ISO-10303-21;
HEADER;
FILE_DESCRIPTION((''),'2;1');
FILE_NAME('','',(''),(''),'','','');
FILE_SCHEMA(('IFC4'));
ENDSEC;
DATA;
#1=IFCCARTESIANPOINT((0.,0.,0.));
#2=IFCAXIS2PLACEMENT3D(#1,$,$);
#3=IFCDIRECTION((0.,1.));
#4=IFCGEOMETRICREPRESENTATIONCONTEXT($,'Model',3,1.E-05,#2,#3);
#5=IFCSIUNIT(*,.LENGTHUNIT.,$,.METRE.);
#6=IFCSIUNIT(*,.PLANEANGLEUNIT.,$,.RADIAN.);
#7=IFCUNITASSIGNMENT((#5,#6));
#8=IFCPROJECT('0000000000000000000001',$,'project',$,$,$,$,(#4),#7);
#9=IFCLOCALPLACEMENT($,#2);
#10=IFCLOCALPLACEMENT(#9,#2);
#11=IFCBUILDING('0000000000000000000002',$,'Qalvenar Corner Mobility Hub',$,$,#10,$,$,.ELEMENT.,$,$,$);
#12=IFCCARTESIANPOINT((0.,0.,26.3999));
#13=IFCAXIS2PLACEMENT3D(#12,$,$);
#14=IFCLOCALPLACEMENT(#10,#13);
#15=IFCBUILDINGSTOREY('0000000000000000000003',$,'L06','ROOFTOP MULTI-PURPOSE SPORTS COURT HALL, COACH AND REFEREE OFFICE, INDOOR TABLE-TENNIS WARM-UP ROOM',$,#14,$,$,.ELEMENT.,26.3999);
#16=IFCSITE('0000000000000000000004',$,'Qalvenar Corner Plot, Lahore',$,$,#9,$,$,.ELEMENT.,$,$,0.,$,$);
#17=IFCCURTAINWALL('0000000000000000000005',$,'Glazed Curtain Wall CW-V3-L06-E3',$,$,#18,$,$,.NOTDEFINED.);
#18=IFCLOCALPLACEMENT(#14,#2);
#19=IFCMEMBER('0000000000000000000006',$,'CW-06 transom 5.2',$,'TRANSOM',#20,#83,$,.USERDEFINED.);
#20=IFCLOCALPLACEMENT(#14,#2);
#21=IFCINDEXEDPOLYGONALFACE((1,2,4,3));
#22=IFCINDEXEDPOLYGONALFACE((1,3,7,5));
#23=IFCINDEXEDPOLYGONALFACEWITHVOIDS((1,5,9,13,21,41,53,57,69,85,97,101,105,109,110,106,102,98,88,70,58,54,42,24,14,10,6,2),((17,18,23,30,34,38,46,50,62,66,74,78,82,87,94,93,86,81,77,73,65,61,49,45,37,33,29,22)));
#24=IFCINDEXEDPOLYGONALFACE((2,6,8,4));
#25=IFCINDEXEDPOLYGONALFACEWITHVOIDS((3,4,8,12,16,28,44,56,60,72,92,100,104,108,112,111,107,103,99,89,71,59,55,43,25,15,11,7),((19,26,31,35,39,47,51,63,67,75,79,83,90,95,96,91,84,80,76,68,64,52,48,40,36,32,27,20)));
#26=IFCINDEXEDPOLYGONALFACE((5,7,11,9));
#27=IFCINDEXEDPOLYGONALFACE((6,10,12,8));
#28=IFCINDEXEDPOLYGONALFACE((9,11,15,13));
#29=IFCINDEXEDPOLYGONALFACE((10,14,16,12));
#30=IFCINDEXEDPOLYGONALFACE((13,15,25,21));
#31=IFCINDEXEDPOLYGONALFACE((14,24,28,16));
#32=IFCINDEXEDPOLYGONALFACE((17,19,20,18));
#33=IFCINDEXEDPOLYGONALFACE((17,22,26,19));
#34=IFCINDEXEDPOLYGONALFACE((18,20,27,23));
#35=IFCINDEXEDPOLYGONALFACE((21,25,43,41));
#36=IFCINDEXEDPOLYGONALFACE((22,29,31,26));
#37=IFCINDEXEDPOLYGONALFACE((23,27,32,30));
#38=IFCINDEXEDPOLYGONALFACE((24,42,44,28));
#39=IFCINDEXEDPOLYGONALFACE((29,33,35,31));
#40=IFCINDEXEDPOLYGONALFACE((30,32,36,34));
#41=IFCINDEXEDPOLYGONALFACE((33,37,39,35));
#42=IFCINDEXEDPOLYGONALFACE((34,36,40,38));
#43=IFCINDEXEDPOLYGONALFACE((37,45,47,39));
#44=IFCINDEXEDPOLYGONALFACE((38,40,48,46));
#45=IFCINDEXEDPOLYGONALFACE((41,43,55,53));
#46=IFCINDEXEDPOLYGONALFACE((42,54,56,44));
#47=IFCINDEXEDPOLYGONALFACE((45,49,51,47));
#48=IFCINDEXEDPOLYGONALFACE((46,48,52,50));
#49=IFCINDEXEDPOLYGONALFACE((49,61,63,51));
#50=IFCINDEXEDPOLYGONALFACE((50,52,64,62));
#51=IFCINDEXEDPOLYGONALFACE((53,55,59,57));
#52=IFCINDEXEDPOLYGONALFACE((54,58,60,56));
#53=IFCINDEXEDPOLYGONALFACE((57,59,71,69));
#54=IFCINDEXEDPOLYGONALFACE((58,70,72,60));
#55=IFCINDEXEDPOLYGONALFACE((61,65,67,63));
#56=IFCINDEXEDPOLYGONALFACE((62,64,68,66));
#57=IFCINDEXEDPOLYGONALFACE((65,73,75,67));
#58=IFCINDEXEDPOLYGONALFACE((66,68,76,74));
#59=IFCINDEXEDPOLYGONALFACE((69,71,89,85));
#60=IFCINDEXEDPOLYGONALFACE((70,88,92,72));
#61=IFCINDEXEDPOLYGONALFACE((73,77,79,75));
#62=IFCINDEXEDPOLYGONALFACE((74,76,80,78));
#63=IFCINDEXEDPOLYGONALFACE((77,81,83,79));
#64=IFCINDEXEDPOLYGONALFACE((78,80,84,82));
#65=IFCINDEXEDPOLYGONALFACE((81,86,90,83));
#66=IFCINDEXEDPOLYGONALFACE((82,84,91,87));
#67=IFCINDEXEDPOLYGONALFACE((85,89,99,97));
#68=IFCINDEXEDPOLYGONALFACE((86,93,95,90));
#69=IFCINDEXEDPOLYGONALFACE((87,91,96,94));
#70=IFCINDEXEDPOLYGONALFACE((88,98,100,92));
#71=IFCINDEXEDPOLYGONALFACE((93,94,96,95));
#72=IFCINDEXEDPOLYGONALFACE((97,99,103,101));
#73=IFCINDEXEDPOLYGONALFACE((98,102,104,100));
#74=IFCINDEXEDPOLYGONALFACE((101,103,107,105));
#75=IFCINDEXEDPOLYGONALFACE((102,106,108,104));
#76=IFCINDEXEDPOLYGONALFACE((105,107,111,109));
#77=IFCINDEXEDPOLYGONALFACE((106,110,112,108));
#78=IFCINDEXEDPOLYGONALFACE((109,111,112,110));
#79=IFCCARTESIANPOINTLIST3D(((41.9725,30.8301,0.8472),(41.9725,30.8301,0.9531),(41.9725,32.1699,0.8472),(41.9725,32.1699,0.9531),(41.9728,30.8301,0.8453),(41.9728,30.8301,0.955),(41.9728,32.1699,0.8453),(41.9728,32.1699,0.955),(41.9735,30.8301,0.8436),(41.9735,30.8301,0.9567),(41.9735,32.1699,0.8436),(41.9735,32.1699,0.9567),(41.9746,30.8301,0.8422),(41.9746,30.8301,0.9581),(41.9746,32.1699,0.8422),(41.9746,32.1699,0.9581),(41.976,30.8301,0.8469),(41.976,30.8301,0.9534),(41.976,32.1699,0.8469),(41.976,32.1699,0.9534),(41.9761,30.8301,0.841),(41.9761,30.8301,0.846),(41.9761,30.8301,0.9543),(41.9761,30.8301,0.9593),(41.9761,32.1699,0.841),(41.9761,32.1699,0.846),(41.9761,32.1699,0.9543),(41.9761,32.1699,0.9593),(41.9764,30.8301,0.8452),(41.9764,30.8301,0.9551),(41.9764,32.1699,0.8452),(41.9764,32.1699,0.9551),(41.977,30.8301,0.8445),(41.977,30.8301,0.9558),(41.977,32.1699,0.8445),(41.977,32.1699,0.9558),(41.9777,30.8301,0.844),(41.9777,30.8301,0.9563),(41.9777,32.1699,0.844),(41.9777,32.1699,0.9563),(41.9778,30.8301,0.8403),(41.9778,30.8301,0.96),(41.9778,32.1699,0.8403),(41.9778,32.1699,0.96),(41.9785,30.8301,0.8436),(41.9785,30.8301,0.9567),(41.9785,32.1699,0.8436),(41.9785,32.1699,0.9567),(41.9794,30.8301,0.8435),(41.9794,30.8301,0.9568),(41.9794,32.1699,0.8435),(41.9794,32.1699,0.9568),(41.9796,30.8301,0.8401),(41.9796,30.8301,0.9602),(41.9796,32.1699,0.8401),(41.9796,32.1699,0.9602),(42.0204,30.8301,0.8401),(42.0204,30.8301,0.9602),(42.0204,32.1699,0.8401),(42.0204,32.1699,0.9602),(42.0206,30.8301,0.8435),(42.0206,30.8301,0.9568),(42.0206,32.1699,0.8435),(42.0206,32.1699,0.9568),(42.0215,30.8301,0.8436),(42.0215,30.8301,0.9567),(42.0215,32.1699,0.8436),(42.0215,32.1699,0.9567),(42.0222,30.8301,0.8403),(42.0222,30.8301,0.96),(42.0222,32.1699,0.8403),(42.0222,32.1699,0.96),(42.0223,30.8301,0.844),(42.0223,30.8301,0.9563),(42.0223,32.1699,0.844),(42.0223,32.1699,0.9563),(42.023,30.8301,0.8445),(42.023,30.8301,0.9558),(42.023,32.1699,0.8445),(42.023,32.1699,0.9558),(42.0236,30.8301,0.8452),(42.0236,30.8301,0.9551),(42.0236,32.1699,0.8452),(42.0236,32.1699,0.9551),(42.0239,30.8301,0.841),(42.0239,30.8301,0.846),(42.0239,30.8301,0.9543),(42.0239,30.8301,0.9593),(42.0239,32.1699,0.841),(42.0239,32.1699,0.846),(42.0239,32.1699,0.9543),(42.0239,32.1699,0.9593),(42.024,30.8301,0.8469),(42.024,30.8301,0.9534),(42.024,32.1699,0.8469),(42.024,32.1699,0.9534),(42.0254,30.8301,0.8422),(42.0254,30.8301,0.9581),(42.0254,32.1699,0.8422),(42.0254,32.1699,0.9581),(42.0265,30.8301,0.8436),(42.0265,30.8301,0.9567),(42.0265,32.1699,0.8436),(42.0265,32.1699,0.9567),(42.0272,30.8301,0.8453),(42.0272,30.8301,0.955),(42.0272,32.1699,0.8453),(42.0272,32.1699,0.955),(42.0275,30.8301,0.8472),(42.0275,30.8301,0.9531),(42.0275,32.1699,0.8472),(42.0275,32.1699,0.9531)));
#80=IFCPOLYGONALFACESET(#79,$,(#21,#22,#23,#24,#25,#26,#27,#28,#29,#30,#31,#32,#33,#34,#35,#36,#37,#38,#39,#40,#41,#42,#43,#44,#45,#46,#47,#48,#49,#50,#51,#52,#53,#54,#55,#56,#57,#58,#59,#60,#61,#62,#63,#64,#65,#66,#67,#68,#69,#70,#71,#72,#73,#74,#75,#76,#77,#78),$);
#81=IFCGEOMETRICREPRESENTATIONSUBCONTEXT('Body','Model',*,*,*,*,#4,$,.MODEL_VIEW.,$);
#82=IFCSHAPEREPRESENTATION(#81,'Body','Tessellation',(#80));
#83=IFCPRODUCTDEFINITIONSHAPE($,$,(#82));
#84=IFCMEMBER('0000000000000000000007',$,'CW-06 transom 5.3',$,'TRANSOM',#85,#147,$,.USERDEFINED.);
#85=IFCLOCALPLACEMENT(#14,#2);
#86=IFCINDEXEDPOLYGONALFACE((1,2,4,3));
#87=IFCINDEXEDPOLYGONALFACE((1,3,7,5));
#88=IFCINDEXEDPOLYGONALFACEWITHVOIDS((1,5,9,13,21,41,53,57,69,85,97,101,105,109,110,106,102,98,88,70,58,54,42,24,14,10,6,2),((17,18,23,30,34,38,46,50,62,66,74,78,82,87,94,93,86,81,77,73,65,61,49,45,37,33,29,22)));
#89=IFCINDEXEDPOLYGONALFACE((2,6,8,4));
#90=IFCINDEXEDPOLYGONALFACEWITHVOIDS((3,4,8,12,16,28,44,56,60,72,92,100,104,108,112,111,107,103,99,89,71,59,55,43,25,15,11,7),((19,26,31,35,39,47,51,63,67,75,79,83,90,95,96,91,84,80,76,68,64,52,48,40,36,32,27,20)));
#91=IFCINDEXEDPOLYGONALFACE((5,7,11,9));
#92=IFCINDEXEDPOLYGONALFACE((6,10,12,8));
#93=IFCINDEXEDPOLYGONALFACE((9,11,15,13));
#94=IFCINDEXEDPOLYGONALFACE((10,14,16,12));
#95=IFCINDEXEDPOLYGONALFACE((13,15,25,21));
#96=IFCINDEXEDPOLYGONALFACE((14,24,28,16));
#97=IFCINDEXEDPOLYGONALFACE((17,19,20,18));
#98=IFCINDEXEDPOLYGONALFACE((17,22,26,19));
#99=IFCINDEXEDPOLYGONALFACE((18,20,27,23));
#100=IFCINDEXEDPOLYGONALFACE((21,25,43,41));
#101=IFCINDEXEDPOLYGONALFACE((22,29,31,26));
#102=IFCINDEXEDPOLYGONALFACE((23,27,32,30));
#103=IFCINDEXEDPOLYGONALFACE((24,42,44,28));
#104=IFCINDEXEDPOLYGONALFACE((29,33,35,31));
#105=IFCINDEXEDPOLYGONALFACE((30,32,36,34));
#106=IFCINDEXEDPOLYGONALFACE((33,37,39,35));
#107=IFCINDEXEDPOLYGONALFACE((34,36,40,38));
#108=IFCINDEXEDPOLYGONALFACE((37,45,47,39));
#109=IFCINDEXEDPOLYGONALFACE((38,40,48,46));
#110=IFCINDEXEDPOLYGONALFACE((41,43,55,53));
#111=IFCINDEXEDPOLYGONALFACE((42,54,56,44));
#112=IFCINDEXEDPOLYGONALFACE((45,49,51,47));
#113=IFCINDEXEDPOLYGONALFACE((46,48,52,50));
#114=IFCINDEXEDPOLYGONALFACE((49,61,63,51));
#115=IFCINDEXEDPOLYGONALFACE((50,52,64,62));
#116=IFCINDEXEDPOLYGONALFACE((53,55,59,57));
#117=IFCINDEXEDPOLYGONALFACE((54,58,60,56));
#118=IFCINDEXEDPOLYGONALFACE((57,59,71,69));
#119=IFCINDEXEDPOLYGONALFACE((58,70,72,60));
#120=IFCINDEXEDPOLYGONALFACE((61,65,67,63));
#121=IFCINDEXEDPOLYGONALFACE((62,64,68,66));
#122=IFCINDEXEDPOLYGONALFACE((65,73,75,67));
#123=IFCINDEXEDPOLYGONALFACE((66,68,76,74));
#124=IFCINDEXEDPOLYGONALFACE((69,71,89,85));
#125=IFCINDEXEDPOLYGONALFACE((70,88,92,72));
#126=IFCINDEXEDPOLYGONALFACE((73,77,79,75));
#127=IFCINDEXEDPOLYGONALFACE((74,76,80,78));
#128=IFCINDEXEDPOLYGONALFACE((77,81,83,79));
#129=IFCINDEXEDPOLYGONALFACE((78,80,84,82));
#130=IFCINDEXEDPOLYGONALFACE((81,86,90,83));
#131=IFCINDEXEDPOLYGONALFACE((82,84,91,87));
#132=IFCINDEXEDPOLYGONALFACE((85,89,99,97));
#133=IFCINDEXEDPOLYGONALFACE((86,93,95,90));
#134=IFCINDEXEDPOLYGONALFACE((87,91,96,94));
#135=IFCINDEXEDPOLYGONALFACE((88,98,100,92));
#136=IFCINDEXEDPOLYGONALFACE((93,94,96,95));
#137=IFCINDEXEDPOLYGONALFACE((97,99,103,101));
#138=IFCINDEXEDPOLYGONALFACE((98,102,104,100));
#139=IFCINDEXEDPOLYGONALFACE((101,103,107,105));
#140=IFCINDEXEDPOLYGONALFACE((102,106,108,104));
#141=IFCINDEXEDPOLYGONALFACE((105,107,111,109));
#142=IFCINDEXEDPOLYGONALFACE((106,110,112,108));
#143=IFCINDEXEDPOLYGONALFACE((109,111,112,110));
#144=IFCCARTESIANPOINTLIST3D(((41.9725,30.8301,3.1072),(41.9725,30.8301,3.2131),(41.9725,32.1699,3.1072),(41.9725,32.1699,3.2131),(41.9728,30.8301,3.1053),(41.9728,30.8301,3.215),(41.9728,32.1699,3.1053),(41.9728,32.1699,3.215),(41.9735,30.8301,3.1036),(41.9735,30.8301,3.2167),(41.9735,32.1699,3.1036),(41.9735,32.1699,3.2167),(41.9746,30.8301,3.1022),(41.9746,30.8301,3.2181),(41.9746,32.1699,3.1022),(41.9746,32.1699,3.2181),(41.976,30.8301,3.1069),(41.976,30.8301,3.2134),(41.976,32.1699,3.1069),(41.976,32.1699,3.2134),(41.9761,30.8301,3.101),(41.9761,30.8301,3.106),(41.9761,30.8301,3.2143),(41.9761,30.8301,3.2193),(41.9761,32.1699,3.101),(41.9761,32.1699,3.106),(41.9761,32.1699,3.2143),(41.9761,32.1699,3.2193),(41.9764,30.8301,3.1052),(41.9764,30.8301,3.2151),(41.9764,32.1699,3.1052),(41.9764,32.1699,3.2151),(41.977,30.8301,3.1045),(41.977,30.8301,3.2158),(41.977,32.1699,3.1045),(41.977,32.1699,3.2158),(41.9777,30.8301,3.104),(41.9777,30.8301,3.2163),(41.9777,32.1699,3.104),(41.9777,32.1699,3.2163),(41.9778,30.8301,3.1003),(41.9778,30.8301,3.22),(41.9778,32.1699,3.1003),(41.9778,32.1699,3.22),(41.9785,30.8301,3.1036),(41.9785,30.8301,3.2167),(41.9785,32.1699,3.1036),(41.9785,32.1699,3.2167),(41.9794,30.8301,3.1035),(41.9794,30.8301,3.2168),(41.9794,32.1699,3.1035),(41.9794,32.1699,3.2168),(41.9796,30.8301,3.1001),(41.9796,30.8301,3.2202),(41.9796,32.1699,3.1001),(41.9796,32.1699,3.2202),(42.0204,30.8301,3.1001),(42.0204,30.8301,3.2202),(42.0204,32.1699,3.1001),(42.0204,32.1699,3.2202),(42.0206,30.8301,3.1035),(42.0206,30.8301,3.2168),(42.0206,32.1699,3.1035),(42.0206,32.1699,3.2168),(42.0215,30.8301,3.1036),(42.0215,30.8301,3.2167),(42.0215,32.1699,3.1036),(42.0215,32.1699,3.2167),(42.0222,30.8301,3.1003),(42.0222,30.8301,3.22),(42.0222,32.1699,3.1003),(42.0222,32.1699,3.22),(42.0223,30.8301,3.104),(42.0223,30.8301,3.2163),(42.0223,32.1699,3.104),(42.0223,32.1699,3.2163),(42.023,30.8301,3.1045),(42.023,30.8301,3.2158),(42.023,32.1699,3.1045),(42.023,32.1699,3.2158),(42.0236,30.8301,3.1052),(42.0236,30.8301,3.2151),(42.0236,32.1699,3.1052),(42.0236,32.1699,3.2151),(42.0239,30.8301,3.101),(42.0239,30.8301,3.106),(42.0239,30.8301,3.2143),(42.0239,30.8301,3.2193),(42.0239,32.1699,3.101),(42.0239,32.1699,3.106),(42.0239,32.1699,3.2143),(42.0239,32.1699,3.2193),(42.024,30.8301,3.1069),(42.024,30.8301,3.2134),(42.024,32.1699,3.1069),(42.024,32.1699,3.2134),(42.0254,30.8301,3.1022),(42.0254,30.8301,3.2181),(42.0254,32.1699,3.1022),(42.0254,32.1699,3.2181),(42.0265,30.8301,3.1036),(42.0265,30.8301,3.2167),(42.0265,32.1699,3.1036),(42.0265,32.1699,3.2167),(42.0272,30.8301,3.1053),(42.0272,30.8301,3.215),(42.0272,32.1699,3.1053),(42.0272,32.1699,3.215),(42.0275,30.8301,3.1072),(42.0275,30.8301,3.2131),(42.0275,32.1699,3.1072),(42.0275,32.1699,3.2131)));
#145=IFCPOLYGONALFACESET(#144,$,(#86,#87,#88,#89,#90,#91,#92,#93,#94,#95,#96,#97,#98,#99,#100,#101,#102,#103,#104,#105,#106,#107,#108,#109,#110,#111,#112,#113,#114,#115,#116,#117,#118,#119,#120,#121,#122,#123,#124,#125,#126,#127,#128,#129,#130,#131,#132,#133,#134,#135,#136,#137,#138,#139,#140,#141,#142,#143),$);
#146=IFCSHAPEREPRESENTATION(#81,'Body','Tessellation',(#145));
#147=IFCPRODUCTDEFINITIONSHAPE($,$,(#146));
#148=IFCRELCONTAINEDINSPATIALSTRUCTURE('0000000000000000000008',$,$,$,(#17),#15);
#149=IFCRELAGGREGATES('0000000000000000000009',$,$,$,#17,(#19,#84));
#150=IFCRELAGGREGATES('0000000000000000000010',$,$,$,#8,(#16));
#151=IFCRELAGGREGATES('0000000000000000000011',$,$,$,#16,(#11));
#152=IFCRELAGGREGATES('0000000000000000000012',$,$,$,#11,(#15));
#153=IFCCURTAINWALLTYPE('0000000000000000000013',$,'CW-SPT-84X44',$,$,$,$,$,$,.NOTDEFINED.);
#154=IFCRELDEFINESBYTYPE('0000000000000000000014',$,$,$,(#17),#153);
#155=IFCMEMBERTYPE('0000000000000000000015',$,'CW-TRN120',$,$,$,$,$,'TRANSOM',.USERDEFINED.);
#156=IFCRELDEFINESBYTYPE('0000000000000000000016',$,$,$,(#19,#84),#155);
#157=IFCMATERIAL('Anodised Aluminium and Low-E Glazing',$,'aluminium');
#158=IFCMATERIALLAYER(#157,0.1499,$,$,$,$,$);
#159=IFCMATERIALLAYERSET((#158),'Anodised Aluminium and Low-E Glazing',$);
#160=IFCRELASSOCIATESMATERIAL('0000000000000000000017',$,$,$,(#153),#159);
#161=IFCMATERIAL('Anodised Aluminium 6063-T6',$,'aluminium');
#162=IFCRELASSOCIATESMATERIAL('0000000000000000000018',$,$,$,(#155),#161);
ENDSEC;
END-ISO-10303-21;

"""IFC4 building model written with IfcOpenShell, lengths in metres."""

from ifc_helpers import new_model, si_unit, direction, frame, origin, origin_2d, place, context, subcontext, project, spatial, hollow_rectangle, extrude, material, layer, layer_set, material_profile, profile_set, type_object, element, aggregate, save


model = new_model("IFC4")

# Units and contexts
model_context = context("Model", 3, precision=1e-05, world=origin(), true_north=direction((0.0, 1.0)))
body_context = subcontext(model_context, "Body", "Model", "MODEL_VIEW")
ifc_project = project(units=[si_unit("LENGTHUNIT", "METRE"), si_unit("PLANEANGLEUNIT", "RADIAN")], contexts=[model_context])

# Site, building, storey
site_placement = place(None, origin())
site = spatial("IfcSite", under=ifc_project, at=site_placement, Name="Qalvenar Corner Plot, Lahore", CompositionType="ELEMENT", RefElevation=0.0)
building_placement = place(site_placement, origin())
building = spatial("IfcBuilding", under=site, at=building_placement, Name="Qalvenar Corner Mobility Hub", CompositionType="ELEMENT")
storey_placement = place(building_placement, frame((0.0, 0.0, 26.3999)))
storey = spatial("IfcBuildingStorey", under=building, at=storey_placement, Name="L06", Description="ROOFTOP MULTI-PURPOSE SPORTS COURT HALL, COACH AND REFEREE OFFICE, INDOOR TABLE-TENNIS WARM-UP ROOM", CompositionType="ELEMENT", Elevation=26.3999)

# Shared definitions
ifc_material_1 = material(Name="Anodised Aluminium and Low-E Glazing", Category="aluminium")
ifc_material_2 = material(Name="Anodised Aluminium 6063-T6", Category="aluminium")

# Curtain wall
ifc_layer_1 = layer(ifc_material_1, 0.1499)
ifc_layer_set_1 = layer_set([ifc_layer_1], Name="Anodised Aluminium and Low-E Glazing")
curtain_wall_type_1 = type_object("IfcCurtainWallType", Name="CW-SPT-84X44", PredefinedType="NOTDEFINED", material=ifc_layer_set_1)
curtain_wall_1_placement = place(storey_placement, origin())
curtain_wall_1 = element("IfcCurtainWall", 1, at=curtain_wall_1_placement, inside=storey, type_object=curtain_wall_type_1, Name="Glazed Curtain Wall CW-V3-L06-E3", PredefinedType="NOTDEFINED")

# Members
ifc_material_profile_1 = material_profile(ifc_material_2, hollow_rectangle(XDim=0.0549, YDim=0.1201, WallThickness=0.0034, InnerFilletRadius=0.0034, OuterFilletRadius=0.0071, at=origin_2d()), Name="RHS120x55x3.5")
ifc_profile_set_1 = profile_set([ifc_material_profile_1], Name="Anodised Aluminium 6063-T6")
member_type_1 = type_object("IfcMemberType", Name="CW-TRN120", ElementType="TRANSOM", PredefinedType="USERDEFINED", material=ifc_profile_set_1)
member_1_placement = place(storey_placement, frame((42.0, 30.8301, 0.9001), z_axis=(0.0, 1.0, 0.0), x_axis=(-1.0, 0.0, 0.0)))
member_1 = element("IfcMember", 2, at=member_1_placement, type_object=member_type_1, Name="CW-06 transom 5.2", ObjectType="TRANSOM", PredefinedType="USERDEFINED", context=body_context, shape_type="SweptSolid", body=[
    extrude(hollow_rectangle(XDim=0.0549, YDim=0.1201, WallThickness=0.0034, InnerFilletRadius=0.0034, OuterFilletRadius=0.0071, at=origin_2d()), origin(), (0.0, 0.0, 1.0), 1.3398),
])
member_2_placement = place(storey_placement, frame((42.0, 30.8301, 3.1602), z_axis=(0.0, 1.0, 0.0), x_axis=(-1.0, 0.0, 0.0)))
member_2 = element("IfcMember", 3, at=member_2_placement, type_object=member_type_1, Name="CW-06 transom 5.3", ObjectType="TRANSOM", PredefinedType="USERDEFINED", context=body_context, shape_type="SweptSolid", body=[
    extrude(hollow_rectangle(XDim=0.0549, YDim=0.1201, WallThickness=0.0034, InnerFilletRadius=0.0034, OuterFilletRadius=0.0071, at=origin_2d()), origin(), (0.0, 0.0, 1.0), 1.3398),
])

aggregate(curtain_wall_1, [member_1, member_2])

save(model, "model.ifc")
